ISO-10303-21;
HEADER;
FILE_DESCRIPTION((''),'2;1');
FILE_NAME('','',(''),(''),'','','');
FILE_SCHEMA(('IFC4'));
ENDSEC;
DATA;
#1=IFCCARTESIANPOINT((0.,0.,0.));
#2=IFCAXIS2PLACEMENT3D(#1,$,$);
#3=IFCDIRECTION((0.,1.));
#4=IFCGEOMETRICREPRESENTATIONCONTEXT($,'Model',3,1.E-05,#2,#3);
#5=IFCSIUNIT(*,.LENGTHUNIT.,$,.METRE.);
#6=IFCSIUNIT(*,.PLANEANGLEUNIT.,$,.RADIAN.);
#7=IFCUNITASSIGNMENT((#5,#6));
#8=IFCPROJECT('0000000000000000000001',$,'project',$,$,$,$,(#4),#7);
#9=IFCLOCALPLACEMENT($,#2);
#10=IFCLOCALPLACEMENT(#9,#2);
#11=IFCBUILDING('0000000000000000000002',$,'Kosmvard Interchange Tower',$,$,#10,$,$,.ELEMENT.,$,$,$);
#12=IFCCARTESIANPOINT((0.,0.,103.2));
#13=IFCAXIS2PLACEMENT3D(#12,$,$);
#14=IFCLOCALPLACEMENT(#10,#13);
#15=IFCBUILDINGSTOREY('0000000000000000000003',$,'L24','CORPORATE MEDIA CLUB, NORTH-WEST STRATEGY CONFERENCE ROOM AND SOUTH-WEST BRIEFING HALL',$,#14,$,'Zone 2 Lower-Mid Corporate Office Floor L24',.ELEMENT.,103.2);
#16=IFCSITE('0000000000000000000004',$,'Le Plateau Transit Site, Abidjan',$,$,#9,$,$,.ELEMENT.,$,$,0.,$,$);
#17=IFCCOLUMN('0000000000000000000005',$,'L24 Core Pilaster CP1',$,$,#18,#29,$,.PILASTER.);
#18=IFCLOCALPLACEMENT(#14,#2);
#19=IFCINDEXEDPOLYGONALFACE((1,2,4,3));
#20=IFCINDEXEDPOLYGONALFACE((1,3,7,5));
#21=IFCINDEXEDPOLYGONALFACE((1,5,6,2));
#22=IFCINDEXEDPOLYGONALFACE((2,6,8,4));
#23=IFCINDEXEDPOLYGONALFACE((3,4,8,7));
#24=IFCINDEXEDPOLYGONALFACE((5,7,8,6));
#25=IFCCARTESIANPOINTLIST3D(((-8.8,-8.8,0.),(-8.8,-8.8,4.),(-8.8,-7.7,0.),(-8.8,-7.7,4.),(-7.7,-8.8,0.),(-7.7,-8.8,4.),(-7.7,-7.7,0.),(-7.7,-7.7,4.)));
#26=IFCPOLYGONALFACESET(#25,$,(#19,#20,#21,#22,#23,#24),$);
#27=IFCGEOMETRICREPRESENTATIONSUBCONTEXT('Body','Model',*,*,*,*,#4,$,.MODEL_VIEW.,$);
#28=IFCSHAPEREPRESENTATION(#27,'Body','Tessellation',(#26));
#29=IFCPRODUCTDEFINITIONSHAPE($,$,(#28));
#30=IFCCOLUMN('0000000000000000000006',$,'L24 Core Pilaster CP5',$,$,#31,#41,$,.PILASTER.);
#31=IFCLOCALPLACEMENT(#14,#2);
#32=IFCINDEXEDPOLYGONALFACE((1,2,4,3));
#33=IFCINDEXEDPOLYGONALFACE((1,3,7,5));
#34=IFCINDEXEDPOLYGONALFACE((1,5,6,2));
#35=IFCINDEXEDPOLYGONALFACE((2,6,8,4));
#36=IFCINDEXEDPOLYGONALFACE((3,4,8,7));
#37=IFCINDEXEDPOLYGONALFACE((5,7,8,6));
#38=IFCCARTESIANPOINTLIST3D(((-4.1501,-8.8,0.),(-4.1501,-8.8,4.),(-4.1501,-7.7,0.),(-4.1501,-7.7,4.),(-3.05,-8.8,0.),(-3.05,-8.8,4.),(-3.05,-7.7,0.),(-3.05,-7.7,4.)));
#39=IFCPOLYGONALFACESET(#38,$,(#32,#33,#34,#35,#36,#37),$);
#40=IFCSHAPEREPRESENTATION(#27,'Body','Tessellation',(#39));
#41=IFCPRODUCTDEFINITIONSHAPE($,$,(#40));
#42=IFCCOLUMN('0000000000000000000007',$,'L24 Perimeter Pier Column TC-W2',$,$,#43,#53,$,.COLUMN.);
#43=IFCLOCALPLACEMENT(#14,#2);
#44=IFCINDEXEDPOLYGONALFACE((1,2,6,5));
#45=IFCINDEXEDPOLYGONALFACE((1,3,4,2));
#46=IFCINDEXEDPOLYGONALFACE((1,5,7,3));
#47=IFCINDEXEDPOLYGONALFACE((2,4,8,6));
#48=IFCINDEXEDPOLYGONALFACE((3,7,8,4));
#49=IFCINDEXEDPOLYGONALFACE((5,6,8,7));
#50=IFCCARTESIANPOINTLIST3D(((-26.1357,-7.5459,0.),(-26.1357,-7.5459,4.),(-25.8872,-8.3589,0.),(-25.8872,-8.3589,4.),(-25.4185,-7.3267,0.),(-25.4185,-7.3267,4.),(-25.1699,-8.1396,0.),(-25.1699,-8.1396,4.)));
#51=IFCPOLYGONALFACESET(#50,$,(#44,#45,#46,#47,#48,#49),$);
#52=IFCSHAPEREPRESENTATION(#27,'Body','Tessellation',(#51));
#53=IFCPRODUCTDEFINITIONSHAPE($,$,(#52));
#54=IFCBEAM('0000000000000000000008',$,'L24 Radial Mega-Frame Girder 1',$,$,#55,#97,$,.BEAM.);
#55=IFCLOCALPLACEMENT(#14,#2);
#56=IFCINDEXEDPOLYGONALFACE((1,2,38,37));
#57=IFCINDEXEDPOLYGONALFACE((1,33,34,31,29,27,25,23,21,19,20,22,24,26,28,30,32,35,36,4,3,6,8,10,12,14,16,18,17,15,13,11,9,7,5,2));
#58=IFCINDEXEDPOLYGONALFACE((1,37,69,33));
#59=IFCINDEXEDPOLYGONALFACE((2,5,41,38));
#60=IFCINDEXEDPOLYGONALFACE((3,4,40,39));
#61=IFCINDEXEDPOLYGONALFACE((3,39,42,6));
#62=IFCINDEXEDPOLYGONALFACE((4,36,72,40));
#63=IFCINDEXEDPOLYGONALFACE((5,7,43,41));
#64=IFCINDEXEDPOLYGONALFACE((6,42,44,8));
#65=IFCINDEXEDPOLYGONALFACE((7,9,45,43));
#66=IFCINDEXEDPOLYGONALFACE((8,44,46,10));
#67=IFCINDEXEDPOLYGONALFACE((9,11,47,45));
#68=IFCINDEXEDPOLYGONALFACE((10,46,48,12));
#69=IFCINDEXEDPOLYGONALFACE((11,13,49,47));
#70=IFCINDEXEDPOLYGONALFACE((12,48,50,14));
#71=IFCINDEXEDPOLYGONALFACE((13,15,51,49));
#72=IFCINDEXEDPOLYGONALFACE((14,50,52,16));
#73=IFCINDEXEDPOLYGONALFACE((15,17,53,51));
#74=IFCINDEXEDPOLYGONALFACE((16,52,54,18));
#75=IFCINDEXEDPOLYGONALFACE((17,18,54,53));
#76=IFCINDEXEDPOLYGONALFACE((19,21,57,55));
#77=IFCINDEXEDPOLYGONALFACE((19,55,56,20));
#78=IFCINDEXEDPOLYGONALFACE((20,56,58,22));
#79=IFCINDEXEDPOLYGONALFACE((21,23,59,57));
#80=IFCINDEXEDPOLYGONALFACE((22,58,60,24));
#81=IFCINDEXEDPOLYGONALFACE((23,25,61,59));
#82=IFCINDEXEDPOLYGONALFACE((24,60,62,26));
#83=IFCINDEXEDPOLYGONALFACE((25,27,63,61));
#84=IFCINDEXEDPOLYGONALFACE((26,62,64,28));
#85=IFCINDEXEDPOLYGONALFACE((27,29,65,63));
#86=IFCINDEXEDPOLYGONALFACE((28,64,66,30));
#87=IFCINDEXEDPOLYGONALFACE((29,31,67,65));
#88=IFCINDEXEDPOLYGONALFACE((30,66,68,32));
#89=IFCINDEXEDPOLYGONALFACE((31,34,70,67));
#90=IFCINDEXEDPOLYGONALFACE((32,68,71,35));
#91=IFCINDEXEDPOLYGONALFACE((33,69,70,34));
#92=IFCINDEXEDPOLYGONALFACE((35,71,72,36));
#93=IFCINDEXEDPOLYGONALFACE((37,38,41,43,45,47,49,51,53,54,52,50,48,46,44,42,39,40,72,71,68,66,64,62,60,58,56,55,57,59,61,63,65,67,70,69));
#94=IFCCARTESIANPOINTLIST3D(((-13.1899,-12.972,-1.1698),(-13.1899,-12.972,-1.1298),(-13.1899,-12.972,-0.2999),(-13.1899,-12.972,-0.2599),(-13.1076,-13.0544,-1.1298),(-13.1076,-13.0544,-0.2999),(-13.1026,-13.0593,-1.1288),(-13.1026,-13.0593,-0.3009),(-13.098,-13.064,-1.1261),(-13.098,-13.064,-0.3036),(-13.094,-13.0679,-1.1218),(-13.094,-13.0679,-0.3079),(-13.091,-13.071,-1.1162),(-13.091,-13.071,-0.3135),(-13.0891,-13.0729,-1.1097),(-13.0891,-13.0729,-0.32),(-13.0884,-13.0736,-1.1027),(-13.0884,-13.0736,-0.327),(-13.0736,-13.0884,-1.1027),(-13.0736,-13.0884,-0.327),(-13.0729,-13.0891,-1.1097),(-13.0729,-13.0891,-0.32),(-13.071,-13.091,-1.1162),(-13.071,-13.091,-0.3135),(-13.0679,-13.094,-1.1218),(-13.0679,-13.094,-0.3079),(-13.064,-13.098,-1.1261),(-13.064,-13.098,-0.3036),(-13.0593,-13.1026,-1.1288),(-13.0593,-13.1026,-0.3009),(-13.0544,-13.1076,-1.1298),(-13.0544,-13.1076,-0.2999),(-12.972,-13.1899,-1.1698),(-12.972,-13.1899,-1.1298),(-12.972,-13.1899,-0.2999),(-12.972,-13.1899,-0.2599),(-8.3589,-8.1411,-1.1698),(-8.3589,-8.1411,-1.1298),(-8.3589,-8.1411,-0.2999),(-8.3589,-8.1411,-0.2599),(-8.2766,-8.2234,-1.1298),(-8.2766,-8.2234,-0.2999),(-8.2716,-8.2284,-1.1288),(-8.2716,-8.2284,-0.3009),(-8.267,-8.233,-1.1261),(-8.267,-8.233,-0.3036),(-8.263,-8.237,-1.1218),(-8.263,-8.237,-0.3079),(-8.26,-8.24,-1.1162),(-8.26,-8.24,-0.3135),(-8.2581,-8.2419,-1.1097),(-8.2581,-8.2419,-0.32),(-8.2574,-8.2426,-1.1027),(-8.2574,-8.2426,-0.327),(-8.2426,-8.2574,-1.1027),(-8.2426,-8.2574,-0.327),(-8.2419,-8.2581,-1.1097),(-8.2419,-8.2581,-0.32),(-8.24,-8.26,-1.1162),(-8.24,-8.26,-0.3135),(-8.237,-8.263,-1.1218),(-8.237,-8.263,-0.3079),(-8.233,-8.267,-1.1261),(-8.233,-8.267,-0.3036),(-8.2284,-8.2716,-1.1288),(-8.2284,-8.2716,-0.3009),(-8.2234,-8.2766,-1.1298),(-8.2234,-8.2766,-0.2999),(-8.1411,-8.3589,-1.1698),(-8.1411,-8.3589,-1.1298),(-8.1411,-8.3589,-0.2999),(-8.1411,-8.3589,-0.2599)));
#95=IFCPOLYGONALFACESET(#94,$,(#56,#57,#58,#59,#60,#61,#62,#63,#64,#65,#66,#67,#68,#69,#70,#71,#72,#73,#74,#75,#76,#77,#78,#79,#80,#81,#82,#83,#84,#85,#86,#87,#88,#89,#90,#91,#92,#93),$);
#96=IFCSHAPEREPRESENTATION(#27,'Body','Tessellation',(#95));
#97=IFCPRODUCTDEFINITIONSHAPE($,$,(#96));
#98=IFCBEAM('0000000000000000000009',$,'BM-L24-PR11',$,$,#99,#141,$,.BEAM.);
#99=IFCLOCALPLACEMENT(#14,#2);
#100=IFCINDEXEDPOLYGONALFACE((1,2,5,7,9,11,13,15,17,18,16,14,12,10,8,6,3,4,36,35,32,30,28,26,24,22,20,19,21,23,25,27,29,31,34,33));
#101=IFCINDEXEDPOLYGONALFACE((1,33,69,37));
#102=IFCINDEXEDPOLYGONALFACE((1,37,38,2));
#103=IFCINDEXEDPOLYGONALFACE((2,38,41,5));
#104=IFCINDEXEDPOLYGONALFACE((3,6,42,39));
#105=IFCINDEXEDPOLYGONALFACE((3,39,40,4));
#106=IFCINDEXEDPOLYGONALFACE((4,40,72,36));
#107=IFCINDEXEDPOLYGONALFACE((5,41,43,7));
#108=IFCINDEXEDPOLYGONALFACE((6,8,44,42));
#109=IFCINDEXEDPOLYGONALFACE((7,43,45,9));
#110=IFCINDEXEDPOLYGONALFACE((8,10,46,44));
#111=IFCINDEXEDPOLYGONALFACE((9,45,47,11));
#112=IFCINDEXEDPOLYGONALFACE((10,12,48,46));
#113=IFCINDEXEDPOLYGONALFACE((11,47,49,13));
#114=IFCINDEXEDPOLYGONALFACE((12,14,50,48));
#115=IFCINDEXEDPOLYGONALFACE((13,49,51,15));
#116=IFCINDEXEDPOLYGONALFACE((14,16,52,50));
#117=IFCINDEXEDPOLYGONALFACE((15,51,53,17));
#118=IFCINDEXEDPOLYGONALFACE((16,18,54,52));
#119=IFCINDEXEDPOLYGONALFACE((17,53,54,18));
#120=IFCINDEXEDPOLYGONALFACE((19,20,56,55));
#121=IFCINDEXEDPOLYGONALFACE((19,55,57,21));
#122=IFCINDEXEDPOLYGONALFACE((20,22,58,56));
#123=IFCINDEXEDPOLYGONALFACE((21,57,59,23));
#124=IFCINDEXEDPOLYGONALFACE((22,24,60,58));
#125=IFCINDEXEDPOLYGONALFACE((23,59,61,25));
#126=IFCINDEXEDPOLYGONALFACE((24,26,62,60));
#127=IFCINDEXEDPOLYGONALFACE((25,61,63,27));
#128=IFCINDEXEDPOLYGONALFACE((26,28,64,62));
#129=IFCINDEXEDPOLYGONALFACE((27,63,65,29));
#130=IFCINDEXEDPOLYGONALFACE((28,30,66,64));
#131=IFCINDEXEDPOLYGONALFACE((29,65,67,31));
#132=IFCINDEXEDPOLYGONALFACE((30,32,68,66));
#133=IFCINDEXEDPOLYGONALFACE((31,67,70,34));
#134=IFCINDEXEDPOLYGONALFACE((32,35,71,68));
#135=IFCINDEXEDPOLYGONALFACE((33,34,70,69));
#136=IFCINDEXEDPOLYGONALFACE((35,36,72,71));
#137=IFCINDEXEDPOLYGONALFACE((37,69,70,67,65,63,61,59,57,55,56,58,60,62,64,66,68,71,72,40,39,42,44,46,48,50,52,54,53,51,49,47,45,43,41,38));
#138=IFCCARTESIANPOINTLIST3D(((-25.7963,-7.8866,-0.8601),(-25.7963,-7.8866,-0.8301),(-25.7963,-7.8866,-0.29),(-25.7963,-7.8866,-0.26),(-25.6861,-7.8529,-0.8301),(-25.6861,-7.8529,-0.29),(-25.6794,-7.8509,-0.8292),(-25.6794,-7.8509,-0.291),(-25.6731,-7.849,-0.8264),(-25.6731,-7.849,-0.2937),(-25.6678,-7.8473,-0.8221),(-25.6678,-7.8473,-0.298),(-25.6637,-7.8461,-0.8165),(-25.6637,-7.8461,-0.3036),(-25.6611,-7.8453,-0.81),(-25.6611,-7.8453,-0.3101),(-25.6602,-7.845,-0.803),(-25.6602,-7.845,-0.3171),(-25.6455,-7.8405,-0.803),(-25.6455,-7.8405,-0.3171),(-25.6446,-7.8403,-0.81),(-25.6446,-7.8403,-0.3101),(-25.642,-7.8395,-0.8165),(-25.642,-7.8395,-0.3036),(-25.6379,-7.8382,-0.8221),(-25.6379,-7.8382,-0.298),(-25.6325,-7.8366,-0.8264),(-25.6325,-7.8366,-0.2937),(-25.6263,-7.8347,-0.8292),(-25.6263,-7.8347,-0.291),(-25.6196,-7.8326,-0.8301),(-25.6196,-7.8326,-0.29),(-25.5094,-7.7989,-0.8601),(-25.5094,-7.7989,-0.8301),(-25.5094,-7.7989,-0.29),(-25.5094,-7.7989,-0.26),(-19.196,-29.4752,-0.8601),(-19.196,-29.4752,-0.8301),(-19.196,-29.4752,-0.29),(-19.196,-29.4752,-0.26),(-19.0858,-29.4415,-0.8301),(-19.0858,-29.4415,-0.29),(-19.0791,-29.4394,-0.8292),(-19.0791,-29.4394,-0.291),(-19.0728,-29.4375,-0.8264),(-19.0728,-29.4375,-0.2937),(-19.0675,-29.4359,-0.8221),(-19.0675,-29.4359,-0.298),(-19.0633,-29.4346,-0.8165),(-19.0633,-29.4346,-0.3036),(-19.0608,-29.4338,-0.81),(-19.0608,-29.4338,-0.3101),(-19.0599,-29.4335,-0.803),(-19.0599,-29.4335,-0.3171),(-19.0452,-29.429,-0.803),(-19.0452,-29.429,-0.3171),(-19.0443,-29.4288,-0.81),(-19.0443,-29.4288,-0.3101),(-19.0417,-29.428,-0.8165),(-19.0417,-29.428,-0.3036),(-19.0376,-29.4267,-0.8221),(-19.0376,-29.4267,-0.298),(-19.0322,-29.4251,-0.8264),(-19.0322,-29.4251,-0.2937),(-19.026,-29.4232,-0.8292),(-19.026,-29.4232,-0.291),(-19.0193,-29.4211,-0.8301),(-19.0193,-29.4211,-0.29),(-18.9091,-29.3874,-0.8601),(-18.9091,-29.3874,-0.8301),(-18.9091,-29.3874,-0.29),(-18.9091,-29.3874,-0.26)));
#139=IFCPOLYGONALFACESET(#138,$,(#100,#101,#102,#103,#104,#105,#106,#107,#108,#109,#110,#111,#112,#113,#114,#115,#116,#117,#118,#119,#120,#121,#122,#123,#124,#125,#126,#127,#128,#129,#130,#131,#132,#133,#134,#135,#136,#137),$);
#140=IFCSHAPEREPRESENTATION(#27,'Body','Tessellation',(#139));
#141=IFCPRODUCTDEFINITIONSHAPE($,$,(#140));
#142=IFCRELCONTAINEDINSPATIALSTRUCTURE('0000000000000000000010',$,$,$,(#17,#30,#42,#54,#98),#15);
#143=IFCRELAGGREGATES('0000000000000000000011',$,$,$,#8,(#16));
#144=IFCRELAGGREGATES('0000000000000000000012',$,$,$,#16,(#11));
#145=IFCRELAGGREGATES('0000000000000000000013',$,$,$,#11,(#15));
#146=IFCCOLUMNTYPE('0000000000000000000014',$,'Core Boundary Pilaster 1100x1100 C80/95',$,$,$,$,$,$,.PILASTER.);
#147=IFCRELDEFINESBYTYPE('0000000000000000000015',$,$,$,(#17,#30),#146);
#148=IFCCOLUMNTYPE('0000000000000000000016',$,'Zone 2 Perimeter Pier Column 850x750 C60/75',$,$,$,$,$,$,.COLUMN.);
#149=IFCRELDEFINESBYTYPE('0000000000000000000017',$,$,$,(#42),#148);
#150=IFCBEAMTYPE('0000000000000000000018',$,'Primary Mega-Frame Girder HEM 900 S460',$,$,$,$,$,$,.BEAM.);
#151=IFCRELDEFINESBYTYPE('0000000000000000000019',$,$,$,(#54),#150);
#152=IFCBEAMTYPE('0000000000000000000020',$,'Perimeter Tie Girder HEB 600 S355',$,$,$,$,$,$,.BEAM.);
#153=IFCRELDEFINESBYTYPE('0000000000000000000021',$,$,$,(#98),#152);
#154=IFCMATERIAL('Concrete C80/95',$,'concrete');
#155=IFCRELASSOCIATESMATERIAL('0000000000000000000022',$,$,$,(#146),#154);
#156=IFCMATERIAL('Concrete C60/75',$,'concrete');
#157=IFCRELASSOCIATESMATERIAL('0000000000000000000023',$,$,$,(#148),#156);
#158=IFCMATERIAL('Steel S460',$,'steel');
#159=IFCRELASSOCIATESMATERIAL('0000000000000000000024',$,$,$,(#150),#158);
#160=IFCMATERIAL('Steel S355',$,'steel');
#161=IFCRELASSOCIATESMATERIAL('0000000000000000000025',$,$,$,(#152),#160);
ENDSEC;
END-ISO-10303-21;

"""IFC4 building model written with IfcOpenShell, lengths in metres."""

from ifc_helpers import new_model, si_unit, direction, frame, origin, origin_2d, place, context, subcontext, project, spatial, rectangle, i_section, extrude, source, transform, mapped, material, material_profile, profile_set, type_object, element, save


model = new_model("IFC4")

# Units and contexts
model_context = context("Model", 3, precision=1e-05, world=origin(), true_north=direction((0.0, 1.0)))
body_context = subcontext(model_context, "Body", "Model", "MODEL_VIEW")
ifc_project = project(units=[si_unit("LENGTHUNIT", "METRE"), si_unit("PLANEANGLEUNIT", "RADIAN")], contexts=[model_context])

# Site, building, storey
site_placement = place(None, origin())
site = spatial("IfcSite", under=ifc_project, at=site_placement, Name="Le Plateau Transit Site, Abidjan", CompositionType="ELEMENT", RefElevation=0.0)
building_placement = place(site_placement, origin())
building = spatial("IfcBuilding", under=site, at=building_placement, Name="Kosmvard Interchange Tower", CompositionType="ELEMENT")
storey_placement = place(building_placement, frame((0.0, 0.0, 103.2)))
storey = spatial("IfcBuildingStorey", under=building, at=storey_placement, Name="L24", Description="CORPORATE MEDIA CLUB, NORTH-WEST STRATEGY CONFERENCE ROOM AND SOUTH-WEST BRIEFING HALL", LongName="Zone 2 Lower-Mid Corporate Office Floor L24", CompositionType="ELEMENT", Elevation=103.2)

# Columns
ifc_material_1 = material(Name="Concrete C80/95", Category="concrete")
ifc_material_profile_1 = material_profile(ifc_material_1, rectangle(XDim=1.1001, YDim=1.1001, at=origin_2d()), Name="CP 1100x1100")
ifc_profile_set_1 = profile_set([ifc_material_profile_1], Name="Concrete C80/95")
column_type_1 = type_object("IfcColumnType", Name="Core Boundary Pilaster 1100x1100 C80/95", PredefinedType="PILASTER", material=ifc_profile_set_1)
shared_shape_1 = source(origin(), body_context, "Body", "SweptSolid", [
    extrude(rectangle(XDim=1.1001, YDim=1.1001, at=origin_2d()), origin(), (0.0, 0.0, 1.0), 4.0),
])
for number, where, z_axis, x_axis, name in (
    (1, (-8.25, -8.25, 0.0), (0.0, 0.0, 1.0), (1.0, 0.0, 0.0), "L24 Core Pilaster CP1"),
    (2, (-3.6001, -8.25, 0.0), (0.0, 0.0, 1.0), (1.0, 0.0, 0.0), "L24 Core Pilaster CP5"),
):
    element("IfcColumn", number, at=place(storey_placement, frame(where, z_axis=z_axis, x_axis=x_axis)), inside=storey, type_object=column_type_1, Name=name, PredefinedType="PILASTER", context=body_context, shape_type="MappedRepresentation", body=[
        mapped(shared_shape_1, transform((0.0, 0.0, 0.0), scale=1.0)),
    ])
ifc_material_2 = material(Name="Concrete C60/75", Category="concrete")
ifc_material_profile_2 = material_profile(ifc_material_2, rectangle(XDim=0.75, YDim=0.8501, at=origin_2d()), Name="TC 850x750")
ifc_profile_set_2 = profile_set([ifc_material_profile_2], Name="Concrete C60/75")
column_type_2 = type_object("IfcColumnType", Name="Zone 2 Perimeter Pier Column 850x750 C60/75", PredefinedType="COLUMN", material=ifc_profile_set_2)
shared_shape_2 = source(origin(), body_context, "Body", "SweptSolid", [
    extrude(rectangle(XDim=0.75, YDim=0.8501, at=origin_2d()), origin(), (0.0, 0.0, 1.0), 4.0),
])
column_placement = place(storey_placement, frame((-25.6528, -7.8428, 0.0), z_axis=(0.0, 0.0, 1.0), x_axis=(0.956305, 0.292372, 0.0)))
element("IfcColumn", 3, at=column_placement, inside=storey, type_object=column_type_2, Name="L24 Perimeter Pier Column TC-W2", PredefinedType="COLUMN", context=body_context, shape_type="MappedRepresentation", body=[
    mapped(shared_shape_2, transform((0.0, 0.0, 0.0), scale=1.0)),
])

# Beams
ifc_material_3 = material(Name="Steel S460", Category="steel")
ifc_material_profile_3 = material_profile(ifc_material_3, i_section(OverallWidth=0.3081, OverallDepth=0.9099, WebThickness=0.021, FlangeThickness=0.04, FilletRadius=0.0271, at=origin_2d()), Name="HEM 900")
ifc_profile_set_3 = profile_set([ifc_material_profile_3], Name="Steel S460")
beam_type_1 = type_object("IfcBeamType", Name="Primary Mega-Frame Girder HEM 900 S460", PredefinedType="BEAM", material=ifc_profile_set_3)
shared_shape_3 = source(origin(), body_context, "Body", "SweptSolid", [
    extrude(i_section(OverallWidth=0.3081, OverallDepth=0.9099, WebThickness=0.021, FlangeThickness=0.04, FilletRadius=0.0271, at=origin_2d()), origin(), (0.0, 0.0, 1.0), 6.832),
])
beam_1_placement = place(storey_placement, frame((-8.25, -8.25, -0.7148), z_axis=(-0.707107, -0.707107, 0.0), x_axis=(0.707107, -0.707107, 0.0)))
element("IfcBeam", 4, at=beam_1_placement, inside=storey, type_object=beam_type_1, Name="L24 Radial Mega-Frame Girder 1", PredefinedType="BEAM", context=body_context, shape_type="MappedRepresentation", body=[
    mapped(shared_shape_3, transform((0.0, 0.0, 0.0), scale=1.0)),
])
ifc_material_4 = material(Name="Steel S355", Category="steel")
ifc_material_profile_4 = material_profile(ifc_material_4, i_section(OverallWidth=0.3, OverallDepth=0.6001, WebThickness=0.0154, FlangeThickness=0.03, FilletRadius=0.0271, at=origin_2d()), Name="HEB 600")
ifc_profile_set_4 = profile_set([ifc_material_profile_4], Name="Steel S355")
beam_type_2 = type_object("IfcBeamType", Name="Perimeter Tie Girder HEB 600 S355", PredefinedType="BEAM", material=ifc_profile_set_4)
shared_shape_4 = source(origin(), body_context, "Body", "SweptSolid", [
    extrude(i_section(OverallWidth=0.3, OverallDepth=0.6001, WebThickness=0.0154, FlangeThickness=0.03, FilletRadius=0.0271, at=origin_2d()), origin(), (0.0, 0.0, 1.0), 22.575),
])
beam_2_placement = place(storey_placement, frame((-25.6528, -7.8428, -0.5601), z_axis=(0.292373, -0.956304, 0.0), x_axis=(0.956304, 0.292373, 0.0)))
element("IfcBeam", 5, at=beam_2_placement, inside=storey, type_object=beam_type_2, Name="BM-L24-PR11", PredefinedType="BEAM", context=body_context, shape_type="MappedRepresentation", body=[
    mapped(shared_shape_4, transform((0.0, 0.0, 0.0), scale=1.0)),
])

save(model, "model.ifc")
